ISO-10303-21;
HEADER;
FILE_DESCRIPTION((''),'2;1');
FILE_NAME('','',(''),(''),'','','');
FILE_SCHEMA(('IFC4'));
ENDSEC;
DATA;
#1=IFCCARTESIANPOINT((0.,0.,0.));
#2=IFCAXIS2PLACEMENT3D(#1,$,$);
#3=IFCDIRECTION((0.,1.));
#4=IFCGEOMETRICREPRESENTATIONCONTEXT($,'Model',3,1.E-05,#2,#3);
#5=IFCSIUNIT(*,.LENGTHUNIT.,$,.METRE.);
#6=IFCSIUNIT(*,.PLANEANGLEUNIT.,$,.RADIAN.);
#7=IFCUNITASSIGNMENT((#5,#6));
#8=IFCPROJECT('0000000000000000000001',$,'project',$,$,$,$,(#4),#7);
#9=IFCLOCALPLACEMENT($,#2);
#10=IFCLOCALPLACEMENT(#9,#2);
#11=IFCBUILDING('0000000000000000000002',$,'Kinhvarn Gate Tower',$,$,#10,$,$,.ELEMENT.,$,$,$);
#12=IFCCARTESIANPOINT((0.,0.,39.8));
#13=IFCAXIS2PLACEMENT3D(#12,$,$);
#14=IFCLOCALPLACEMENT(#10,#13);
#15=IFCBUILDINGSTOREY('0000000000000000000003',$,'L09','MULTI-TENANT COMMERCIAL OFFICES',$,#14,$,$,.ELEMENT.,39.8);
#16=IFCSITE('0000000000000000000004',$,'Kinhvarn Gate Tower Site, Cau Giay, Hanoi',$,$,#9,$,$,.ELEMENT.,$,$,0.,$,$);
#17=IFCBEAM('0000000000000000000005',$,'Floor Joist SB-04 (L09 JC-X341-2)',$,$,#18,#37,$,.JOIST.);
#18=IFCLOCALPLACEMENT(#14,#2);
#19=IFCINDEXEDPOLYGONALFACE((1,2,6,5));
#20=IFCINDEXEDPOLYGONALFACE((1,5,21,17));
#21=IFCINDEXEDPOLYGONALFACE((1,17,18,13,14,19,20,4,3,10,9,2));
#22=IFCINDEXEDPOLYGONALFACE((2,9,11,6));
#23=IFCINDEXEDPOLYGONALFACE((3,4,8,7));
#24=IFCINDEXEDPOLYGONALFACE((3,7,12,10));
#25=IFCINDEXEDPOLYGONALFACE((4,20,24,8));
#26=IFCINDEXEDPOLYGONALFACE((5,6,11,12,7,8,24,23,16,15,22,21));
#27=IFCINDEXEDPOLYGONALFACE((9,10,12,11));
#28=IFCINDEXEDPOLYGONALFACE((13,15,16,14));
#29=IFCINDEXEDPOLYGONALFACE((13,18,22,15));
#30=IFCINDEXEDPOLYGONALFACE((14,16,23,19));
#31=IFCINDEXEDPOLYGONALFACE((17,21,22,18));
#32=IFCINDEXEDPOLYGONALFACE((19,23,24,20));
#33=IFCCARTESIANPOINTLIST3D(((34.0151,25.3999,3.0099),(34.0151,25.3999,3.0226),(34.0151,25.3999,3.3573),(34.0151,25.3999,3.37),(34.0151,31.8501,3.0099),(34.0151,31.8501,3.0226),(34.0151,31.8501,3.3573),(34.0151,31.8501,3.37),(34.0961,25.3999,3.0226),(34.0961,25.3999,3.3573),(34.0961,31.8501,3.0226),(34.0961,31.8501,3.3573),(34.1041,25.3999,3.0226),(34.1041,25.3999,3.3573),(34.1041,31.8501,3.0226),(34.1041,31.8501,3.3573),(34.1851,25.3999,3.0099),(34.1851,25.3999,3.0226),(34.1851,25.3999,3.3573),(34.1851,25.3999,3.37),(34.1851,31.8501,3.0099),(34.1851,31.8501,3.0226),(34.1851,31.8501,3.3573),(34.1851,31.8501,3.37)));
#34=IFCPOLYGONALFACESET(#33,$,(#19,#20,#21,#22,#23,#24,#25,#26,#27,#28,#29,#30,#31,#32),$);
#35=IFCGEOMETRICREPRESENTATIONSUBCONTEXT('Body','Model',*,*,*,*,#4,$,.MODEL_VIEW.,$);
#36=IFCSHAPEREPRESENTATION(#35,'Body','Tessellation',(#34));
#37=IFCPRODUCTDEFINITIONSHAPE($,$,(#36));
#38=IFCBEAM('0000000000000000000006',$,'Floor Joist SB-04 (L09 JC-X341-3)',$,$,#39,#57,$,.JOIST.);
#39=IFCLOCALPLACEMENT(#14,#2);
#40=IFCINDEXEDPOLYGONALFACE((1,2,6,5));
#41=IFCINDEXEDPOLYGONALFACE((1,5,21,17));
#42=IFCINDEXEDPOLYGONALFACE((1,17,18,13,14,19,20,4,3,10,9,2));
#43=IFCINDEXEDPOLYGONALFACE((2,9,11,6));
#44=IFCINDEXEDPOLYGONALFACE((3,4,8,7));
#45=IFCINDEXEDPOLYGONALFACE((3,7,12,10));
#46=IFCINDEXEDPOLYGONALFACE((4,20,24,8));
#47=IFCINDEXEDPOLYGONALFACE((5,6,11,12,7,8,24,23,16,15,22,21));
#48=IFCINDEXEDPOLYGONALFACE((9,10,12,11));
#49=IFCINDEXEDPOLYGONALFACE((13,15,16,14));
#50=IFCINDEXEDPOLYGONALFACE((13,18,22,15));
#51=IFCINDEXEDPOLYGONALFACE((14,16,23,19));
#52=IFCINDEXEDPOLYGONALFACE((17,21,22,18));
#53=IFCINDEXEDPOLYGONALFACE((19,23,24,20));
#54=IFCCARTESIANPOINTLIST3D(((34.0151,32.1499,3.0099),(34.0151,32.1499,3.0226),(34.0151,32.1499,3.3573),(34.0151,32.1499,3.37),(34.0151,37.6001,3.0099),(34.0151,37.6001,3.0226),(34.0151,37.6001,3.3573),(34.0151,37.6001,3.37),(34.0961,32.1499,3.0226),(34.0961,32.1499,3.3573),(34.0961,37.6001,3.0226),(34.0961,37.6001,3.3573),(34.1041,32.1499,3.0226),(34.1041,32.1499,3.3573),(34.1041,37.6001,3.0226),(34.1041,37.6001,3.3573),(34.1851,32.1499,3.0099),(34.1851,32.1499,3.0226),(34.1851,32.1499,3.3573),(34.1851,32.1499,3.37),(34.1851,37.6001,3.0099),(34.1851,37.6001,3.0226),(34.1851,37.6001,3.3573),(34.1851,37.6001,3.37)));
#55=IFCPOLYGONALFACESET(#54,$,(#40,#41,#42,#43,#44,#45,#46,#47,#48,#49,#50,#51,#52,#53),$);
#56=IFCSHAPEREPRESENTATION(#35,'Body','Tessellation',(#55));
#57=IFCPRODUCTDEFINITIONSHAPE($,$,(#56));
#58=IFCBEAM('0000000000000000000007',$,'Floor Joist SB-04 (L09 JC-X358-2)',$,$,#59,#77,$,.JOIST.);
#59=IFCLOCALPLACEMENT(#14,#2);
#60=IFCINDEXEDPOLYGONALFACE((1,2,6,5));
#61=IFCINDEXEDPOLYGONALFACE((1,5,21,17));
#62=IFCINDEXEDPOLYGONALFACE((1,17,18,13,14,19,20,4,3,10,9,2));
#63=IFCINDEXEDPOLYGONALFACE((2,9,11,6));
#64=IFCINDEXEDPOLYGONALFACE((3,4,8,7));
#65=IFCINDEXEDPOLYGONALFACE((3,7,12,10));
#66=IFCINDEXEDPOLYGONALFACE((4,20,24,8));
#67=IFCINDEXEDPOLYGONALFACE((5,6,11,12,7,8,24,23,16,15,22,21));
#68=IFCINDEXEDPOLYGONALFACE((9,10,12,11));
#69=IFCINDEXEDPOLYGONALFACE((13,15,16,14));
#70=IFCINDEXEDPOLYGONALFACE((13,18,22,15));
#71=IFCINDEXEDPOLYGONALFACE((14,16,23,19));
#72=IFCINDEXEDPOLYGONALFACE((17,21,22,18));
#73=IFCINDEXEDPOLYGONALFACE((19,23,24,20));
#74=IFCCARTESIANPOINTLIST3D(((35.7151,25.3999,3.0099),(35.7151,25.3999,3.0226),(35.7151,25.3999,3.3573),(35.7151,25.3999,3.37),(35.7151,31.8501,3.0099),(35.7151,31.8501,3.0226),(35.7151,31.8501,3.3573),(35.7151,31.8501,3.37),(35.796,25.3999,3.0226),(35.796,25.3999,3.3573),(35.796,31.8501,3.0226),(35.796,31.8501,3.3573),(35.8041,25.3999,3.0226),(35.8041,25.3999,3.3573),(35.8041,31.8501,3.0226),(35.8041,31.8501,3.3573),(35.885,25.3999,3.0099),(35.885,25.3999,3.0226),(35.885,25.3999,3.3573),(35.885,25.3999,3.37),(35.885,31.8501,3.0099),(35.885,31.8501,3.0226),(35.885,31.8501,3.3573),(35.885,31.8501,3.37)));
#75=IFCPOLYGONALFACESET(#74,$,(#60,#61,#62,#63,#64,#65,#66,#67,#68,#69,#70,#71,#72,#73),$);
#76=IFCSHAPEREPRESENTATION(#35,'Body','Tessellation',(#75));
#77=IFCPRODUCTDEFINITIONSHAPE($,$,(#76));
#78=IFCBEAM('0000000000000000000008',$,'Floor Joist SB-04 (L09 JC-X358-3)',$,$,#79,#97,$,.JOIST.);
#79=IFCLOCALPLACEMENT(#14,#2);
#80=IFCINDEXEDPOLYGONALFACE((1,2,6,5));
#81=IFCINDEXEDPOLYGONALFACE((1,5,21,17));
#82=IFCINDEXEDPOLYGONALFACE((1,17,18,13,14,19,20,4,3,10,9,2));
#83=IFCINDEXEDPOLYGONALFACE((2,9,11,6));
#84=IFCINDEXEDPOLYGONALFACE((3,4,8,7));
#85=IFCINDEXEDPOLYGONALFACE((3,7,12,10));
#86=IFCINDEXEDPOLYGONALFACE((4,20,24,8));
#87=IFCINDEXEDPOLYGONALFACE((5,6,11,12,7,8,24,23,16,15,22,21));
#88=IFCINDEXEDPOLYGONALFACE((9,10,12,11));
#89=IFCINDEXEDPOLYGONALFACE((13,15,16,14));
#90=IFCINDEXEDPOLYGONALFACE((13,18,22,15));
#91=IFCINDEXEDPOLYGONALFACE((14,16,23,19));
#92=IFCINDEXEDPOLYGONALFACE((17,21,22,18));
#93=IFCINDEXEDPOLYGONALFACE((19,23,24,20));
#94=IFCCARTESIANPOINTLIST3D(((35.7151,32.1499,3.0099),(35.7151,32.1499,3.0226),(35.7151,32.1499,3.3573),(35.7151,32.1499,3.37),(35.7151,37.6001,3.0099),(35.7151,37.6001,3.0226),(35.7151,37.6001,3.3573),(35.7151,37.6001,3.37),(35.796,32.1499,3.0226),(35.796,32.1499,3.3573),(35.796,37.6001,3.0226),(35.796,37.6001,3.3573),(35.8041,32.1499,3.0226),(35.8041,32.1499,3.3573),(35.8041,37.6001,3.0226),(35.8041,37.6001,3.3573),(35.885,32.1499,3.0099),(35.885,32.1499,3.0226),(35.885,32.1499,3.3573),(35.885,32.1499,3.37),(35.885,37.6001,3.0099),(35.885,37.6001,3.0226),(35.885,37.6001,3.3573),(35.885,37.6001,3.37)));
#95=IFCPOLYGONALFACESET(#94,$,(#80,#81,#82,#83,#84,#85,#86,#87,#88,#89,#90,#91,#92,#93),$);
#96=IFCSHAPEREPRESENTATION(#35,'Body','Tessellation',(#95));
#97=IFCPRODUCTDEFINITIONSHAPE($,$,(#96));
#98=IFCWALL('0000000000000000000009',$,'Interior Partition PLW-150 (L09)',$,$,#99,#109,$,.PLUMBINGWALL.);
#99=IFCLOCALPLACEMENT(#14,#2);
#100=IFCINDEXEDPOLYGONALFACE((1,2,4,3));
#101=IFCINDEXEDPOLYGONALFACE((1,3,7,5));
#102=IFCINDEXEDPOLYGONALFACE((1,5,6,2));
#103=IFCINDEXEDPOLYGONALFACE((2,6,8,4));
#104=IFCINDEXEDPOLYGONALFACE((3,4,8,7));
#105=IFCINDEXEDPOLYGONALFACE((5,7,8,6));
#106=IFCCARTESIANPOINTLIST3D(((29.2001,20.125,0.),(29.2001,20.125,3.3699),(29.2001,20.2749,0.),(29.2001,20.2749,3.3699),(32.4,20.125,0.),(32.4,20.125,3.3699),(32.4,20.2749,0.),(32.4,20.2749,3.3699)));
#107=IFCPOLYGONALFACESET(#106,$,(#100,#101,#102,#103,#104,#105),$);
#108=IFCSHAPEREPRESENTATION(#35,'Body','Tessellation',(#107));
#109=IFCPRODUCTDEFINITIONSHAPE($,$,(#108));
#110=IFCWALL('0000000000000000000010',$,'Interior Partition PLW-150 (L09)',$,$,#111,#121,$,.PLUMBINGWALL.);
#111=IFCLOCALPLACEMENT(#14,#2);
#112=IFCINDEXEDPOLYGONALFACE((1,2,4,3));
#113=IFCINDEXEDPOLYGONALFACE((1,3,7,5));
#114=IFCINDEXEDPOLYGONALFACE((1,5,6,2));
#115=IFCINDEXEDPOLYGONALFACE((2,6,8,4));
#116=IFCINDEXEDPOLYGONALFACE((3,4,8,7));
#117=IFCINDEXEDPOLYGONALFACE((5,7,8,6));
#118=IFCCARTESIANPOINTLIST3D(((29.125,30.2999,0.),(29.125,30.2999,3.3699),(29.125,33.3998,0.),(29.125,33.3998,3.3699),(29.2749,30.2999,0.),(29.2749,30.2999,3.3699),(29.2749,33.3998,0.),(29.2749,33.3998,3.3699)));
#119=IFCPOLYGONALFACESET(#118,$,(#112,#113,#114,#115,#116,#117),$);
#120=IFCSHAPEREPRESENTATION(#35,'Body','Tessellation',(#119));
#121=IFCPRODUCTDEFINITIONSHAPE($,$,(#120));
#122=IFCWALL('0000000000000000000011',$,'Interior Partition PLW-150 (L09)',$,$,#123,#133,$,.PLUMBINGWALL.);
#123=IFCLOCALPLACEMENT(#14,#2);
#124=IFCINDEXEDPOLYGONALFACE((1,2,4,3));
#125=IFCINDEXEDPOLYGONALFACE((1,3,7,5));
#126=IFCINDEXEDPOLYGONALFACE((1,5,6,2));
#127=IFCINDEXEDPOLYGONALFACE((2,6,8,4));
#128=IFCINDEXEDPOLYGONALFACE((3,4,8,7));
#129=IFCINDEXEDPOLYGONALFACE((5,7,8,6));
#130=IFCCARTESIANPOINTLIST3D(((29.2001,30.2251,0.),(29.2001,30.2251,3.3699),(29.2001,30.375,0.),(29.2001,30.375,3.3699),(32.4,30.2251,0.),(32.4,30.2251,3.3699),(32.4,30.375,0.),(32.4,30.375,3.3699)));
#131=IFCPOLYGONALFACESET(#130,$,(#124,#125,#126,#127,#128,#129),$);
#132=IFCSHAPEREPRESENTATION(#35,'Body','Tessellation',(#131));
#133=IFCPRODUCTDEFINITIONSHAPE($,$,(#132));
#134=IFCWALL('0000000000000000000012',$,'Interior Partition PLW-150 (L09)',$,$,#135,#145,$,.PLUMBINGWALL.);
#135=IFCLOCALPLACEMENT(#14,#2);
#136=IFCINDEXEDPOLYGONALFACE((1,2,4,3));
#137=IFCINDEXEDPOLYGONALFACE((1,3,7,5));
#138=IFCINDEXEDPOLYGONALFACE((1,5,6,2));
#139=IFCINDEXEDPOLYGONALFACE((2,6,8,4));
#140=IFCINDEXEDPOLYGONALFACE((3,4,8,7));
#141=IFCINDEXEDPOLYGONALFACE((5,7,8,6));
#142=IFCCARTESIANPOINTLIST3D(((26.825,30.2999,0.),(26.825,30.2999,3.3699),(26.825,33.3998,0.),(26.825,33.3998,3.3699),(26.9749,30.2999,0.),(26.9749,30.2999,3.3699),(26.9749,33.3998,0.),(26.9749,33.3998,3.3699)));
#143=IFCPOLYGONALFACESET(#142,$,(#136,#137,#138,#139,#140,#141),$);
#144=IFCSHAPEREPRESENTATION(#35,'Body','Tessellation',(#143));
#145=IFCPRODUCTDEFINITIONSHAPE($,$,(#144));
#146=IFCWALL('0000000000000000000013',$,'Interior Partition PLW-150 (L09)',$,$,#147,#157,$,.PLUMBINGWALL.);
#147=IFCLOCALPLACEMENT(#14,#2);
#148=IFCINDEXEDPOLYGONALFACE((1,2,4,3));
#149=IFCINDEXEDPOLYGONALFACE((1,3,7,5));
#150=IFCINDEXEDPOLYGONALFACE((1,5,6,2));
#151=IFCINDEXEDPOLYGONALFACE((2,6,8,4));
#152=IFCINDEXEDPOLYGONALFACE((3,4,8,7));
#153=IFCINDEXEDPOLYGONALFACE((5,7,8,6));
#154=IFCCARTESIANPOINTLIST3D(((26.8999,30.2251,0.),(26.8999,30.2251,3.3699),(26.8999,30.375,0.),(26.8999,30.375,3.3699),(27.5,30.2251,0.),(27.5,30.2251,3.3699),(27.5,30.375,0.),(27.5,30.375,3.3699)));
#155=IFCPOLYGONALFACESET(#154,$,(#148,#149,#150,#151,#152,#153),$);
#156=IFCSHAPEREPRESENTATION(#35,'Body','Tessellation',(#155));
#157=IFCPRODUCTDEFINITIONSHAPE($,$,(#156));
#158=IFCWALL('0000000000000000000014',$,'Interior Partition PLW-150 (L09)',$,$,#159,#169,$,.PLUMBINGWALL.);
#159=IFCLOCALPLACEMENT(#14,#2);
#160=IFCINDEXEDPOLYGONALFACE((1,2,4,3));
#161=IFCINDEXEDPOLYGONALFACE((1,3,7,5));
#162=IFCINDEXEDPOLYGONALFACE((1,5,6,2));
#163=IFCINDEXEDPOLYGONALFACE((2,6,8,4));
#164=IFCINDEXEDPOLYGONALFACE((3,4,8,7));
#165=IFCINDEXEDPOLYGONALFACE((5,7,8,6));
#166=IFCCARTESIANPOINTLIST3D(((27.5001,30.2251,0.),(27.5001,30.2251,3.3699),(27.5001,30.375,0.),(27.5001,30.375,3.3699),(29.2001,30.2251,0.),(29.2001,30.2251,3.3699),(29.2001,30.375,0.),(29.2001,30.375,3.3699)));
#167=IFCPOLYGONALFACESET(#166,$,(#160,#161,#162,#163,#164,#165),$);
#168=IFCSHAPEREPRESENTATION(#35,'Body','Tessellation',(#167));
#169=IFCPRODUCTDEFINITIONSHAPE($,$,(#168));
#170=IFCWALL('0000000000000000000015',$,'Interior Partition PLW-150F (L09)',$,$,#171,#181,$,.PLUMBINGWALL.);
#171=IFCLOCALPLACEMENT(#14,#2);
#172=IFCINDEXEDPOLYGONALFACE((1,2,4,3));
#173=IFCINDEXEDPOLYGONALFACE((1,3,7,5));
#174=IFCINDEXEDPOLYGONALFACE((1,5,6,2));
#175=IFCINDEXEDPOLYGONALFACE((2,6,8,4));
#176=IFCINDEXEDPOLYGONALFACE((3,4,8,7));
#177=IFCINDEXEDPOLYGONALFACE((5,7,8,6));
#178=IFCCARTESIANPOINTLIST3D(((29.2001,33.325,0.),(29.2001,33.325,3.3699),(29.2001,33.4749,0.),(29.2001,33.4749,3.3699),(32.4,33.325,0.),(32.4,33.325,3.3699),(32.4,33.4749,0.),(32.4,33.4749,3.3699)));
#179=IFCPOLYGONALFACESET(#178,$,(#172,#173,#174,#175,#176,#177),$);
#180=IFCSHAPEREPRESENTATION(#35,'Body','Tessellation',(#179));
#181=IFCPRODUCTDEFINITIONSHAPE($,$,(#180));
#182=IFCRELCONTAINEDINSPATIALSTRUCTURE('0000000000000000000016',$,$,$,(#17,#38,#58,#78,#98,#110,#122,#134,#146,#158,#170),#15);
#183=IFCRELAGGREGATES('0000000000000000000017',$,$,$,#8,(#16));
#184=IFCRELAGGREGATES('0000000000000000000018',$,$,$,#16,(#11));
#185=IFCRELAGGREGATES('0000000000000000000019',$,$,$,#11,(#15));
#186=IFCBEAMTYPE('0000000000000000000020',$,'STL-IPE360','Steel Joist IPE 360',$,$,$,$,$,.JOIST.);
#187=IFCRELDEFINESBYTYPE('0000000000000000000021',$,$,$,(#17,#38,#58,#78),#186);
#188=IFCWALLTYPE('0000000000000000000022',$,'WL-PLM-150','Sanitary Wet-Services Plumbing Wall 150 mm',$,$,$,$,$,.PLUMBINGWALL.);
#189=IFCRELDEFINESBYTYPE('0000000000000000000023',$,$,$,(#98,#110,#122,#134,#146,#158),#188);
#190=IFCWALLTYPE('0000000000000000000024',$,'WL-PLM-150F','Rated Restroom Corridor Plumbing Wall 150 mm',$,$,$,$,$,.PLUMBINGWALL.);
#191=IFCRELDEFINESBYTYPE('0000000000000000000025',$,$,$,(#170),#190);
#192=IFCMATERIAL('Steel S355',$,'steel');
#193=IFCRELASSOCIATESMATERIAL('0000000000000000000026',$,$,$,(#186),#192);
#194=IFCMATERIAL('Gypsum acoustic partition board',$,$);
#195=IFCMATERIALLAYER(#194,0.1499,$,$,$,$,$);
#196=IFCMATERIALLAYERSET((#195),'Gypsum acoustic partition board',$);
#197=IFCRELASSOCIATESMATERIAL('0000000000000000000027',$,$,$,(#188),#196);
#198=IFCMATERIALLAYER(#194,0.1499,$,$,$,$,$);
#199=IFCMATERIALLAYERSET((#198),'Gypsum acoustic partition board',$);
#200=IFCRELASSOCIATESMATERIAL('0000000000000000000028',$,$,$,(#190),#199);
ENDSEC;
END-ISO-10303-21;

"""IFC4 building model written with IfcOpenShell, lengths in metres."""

from ifc_helpers import new_model, si_unit, direction, frame, frame_2d, origin, origin_2d, place, context, subcontext, project, spatial, rectangle, i_section, extrude, material, layer, layer_set, material_profile, profile_set, type_object, element, save


model = new_model("IFC4")

# Units and contexts
model_context = context("Model", 3, precision=1e-05, world=origin(), true_north=direction((0.0, 1.0)))
body_context = subcontext(model_context, "Body", "Model", "MODEL_VIEW")
ifc_project = project(units=[si_unit("LENGTHUNIT", "METRE"), si_unit("PLANEANGLEUNIT", "RADIAN")], contexts=[model_context])

# Site, building, storey
site_placement = place(None, origin())
site = spatial("IfcSite", under=ifc_project, at=site_placement, Name="Kinhvarn Gate Tower Site, Cau Giay, Hanoi", CompositionType="ELEMENT", RefElevation=0.0)
building_placement = place(site_placement, origin())
building = spatial("IfcBuilding", under=site, at=building_placement, Name="Kinhvarn Gate Tower", CompositionType="ELEMENT")
storey_placement = place(building_placement, frame((0.0, 0.0, 39.8)))
storey = spatial("IfcBuildingStorey", under=building, at=storey_placement, Name="L09", Description="MULTI-TENANT COMMERCIAL OFFICES", CompositionType="ELEMENT", Elevation=39.8)

# Beams
ifc_material_1 = material(Name="Steel S355", Category="steel")
ifc_material_profile_1 = material_profile(ifc_material_1, i_section(OverallWidth=0.1699, OverallDepth=0.3601, WebThickness=0.0081, FlangeThickness=0.0127, at=origin_2d()), Name="IPE 360")
ifc_profile_set_1 = profile_set([ifc_material_profile_1], Name="Steel S355")
beam_type_1 = type_object("IfcBeamType", Name="STL-IPE360", Description="Steel Joist IPE 360", PredefinedType="JOIST", material=ifc_profile_set_1)
beam_1_placement = place(storey_placement, frame((34.1001, 25.3999, 3.1899), z_axis=(0.0, 1.0, 0.0), x_axis=(-1.0, 0.0, 0.0)))
element("IfcBeam", 1, at=beam_1_placement, inside=storey, type_object=beam_type_1, Name="Floor Joist SB-04 (L09 JC-X341-2)", PredefinedType="JOIST", context=body_context, shape_type="SweptSolid", body=[
    extrude(i_section(OverallWidth=0.1699, OverallDepth=0.3601, WebThickness=0.0081, FlangeThickness=0.0127, at=origin_2d()), origin(), (0.0, 0.0, 1.0), 6.4502),
])
beam_2_placement = place(storey_placement, frame((34.1001, 32.1499, 3.1899), z_axis=(0.0, 1.0, 0.0), x_axis=(-1.0, 0.0, 0.0)))
element("IfcBeam", 2, at=beam_2_placement, inside=storey, type_object=beam_type_1, Name="Floor Joist SB-04 (L09 JC-X341-3)", PredefinedType="JOIST", context=body_context, shape_type="SweptSolid", body=[
    extrude(i_section(OverallWidth=0.1699, OverallDepth=0.3601, WebThickness=0.0081, FlangeThickness=0.0127, at=origin_2d()), origin(), (0.0, 0.0, 1.0), 5.4502),
])
beam_3_placement = place(storey_placement, frame((35.8, 25.3999, 3.1899), z_axis=(0.0, 1.0, 0.0), x_axis=(-1.0, 0.0, 0.0)))
element("IfcBeam", 3, at=beam_3_placement, inside=storey, type_object=beam_type_1, Name="Floor Joist SB-04 (L09 JC-X358-2)", PredefinedType="JOIST", context=body_context, shape_type="SweptSolid", body=[
    extrude(i_section(OverallWidth=0.1699, OverallDepth=0.3601, WebThickness=0.0081, FlangeThickness=0.0127, at=origin_2d()), origin(), (0.0, 0.0, 1.0), 6.4502),
])
beam_4_placement = place(storey_placement, frame((35.8, 32.1499, 3.1899), z_axis=(0.0, 1.0, 0.0), x_axis=(-1.0, 0.0, 0.0)))
element("IfcBeam", 4, at=beam_4_placement, inside=storey, type_object=beam_type_1, Name="Floor Joist SB-04 (L09 JC-X358-3)", PredefinedType="JOIST", context=body_context, shape_type="SweptSolid", body=[
    extrude(i_section(OverallWidth=0.1699, OverallDepth=0.3601, WebThickness=0.0081, FlangeThickness=0.0127, at=origin_2d()), origin(), (0.0, 0.0, 1.0), 5.4502),
])

# Walls
ifc_material_2 = material(Name="Gypsum acoustic partition board")
ifc_layer_1 = layer(ifc_material_2, 0.1499)
ifc_layer_set_1 = layer_set([ifc_layer_1], Name="Gypsum acoustic partition board")
wall_type_1 = type_object("IfcWallType", Name="WL-PLM-150", Description="Sanitary Wet-Services Plumbing Wall 150 mm", PredefinedType="PLUMBINGWALL", material=ifc_layer_set_1)
wall_1_placement = place(storey_placement, frame((29.2, 20.2, 0.0), z_axis=(0.0, 0.0, 1.0), x_axis=(1.0, 0.0, 0.0)))
element("IfcWall", 5, at=wall_1_placement, inside=storey, type_object=wall_type_1, Name="Interior Partition PLW-150 (L09)", PredefinedType="PLUMBINGWALL", context=body_context, shape_type="SweptSolid", body=[
    extrude(rectangle(XDim=3.2, YDim=0.1499, at=frame_2d((1.6001, 0.0))), origin(), (0.0, 0.0, 1.0), 3.3699),
])
wall_2_placement = place(storey_placement, frame((29.2, 30.3, 0.0), z_axis=(0.0, 0.0, 1.0), x_axis=(0.0, 1.0, 0.0)))
element("IfcWall", 6, at=wall_2_placement, inside=storey, type_object=wall_type_1, Name="Interior Partition PLW-150 (L09)", PredefinedType="PLUMBINGWALL", context=body_context, shape_type="SweptSolid", body=[
    extrude(rectangle(XDim=3.0999, YDim=0.1499, at=frame_2d((1.5498, 0.0))), origin(), (0.0, 0.0, 1.0), 3.3699),
])
wall_3_placement = place(storey_placement, frame((29.2, 30.3, 0.0), z_axis=(0.0, 0.0, 1.0), x_axis=(1.0, 0.0, 0.0)))
element("IfcWall", 7, at=wall_3_placement, inside=storey, type_object=wall_type_1, Name="Interior Partition PLW-150 (L09)", PredefinedType="PLUMBINGWALL", context=body_context, shape_type="SweptSolid", body=[
    extrude(rectangle(XDim=3.2, YDim=0.1499, at=frame_2d((1.6001, 0.0))), origin(), (0.0, 0.0, 1.0), 3.3699),
])
wall_4_placement = place(storey_placement, frame((26.8999, 30.3, 0.0), z_axis=(0.0, 0.0, 1.0), x_axis=(0.0, 1.0, 0.0)))
element("IfcWall", 8, at=wall_4_placement, inside=storey, type_object=wall_type_1, Name="Interior Partition PLW-150 (L09)", PredefinedType="PLUMBINGWALL", context=body_context, shape_type="SweptSolid", body=[
    extrude(rectangle(XDim=3.0999, YDim=0.1499, at=frame_2d((1.5498, 0.0))), origin(), (0.0, 0.0, 1.0), 3.3699),
])
wall_5_placement = place(storey_placement, frame((26.8999, 30.3, 0.0), z_axis=(0.0, 0.0, 1.0), x_axis=(1.0, 0.0, 0.0)))
element("IfcWall", 9, at=wall_5_placement, inside=storey, type_object=wall_type_1, Name="Interior Partition PLW-150 (L09)", PredefinedType="PLUMBINGWALL", context=body_context, shape_type="SweptSolid", body=[
    extrude(rectangle(XDim=0.6001, YDim=0.1499, at=frame_2d((0.3, 0.0))), origin(), (0.0, 0.0, 1.0), 3.3699),
])
wall_6_placement = place(storey_placement, frame((27.5, 30.3, 0.0), z_axis=(0.0, 0.0, 1.0), x_axis=(1.0, 0.0, 0.0)))
element("IfcWall", 10, at=wall_6_placement, inside=storey, type_object=wall_type_1, Name="Interior Partition PLW-150 (L09)", PredefinedType="PLUMBINGWALL", context=body_context, shape_type="SweptSolid", body=[
    extrude(rectangle(XDim=1.7, YDim=0.1499, at=frame_2d((0.8501, 0.0))), origin(), (0.0, 0.0, 1.0), 3.3699),
])
ifc_layer_2 = layer(ifc_material_2, 0.1499)
ifc_layer_set_2 = layer_set([ifc_layer_2], Name="Gypsum acoustic partition board")
wall_type_2 = type_object("IfcWallType", Name="WL-PLM-150F", Description="Rated Restroom Corridor Plumbing Wall 150 mm", PredefinedType="PLUMBINGWALL", material=ifc_layer_set_2)
wall_7_placement = place(storey_placement, frame((29.2, 33.3999, 0.0), z_axis=(0.0, 0.0, 1.0), x_axis=(1.0, 0.0, 0.0)))
element("IfcWall", 11, at=wall_7_placement, inside=storey, type_object=wall_type_2, Name="Interior Partition PLW-150F (L09)", PredefinedType="PLUMBINGWALL", context=body_context, shape_type="SweptSolid", body=[
    extrude(rectangle(XDim=3.2, YDim=0.1499, at=frame_2d((1.6001, 0.0))), origin(), (0.0, 0.0, 1.0), 3.3699),
])

save(model, "model.ifc")
